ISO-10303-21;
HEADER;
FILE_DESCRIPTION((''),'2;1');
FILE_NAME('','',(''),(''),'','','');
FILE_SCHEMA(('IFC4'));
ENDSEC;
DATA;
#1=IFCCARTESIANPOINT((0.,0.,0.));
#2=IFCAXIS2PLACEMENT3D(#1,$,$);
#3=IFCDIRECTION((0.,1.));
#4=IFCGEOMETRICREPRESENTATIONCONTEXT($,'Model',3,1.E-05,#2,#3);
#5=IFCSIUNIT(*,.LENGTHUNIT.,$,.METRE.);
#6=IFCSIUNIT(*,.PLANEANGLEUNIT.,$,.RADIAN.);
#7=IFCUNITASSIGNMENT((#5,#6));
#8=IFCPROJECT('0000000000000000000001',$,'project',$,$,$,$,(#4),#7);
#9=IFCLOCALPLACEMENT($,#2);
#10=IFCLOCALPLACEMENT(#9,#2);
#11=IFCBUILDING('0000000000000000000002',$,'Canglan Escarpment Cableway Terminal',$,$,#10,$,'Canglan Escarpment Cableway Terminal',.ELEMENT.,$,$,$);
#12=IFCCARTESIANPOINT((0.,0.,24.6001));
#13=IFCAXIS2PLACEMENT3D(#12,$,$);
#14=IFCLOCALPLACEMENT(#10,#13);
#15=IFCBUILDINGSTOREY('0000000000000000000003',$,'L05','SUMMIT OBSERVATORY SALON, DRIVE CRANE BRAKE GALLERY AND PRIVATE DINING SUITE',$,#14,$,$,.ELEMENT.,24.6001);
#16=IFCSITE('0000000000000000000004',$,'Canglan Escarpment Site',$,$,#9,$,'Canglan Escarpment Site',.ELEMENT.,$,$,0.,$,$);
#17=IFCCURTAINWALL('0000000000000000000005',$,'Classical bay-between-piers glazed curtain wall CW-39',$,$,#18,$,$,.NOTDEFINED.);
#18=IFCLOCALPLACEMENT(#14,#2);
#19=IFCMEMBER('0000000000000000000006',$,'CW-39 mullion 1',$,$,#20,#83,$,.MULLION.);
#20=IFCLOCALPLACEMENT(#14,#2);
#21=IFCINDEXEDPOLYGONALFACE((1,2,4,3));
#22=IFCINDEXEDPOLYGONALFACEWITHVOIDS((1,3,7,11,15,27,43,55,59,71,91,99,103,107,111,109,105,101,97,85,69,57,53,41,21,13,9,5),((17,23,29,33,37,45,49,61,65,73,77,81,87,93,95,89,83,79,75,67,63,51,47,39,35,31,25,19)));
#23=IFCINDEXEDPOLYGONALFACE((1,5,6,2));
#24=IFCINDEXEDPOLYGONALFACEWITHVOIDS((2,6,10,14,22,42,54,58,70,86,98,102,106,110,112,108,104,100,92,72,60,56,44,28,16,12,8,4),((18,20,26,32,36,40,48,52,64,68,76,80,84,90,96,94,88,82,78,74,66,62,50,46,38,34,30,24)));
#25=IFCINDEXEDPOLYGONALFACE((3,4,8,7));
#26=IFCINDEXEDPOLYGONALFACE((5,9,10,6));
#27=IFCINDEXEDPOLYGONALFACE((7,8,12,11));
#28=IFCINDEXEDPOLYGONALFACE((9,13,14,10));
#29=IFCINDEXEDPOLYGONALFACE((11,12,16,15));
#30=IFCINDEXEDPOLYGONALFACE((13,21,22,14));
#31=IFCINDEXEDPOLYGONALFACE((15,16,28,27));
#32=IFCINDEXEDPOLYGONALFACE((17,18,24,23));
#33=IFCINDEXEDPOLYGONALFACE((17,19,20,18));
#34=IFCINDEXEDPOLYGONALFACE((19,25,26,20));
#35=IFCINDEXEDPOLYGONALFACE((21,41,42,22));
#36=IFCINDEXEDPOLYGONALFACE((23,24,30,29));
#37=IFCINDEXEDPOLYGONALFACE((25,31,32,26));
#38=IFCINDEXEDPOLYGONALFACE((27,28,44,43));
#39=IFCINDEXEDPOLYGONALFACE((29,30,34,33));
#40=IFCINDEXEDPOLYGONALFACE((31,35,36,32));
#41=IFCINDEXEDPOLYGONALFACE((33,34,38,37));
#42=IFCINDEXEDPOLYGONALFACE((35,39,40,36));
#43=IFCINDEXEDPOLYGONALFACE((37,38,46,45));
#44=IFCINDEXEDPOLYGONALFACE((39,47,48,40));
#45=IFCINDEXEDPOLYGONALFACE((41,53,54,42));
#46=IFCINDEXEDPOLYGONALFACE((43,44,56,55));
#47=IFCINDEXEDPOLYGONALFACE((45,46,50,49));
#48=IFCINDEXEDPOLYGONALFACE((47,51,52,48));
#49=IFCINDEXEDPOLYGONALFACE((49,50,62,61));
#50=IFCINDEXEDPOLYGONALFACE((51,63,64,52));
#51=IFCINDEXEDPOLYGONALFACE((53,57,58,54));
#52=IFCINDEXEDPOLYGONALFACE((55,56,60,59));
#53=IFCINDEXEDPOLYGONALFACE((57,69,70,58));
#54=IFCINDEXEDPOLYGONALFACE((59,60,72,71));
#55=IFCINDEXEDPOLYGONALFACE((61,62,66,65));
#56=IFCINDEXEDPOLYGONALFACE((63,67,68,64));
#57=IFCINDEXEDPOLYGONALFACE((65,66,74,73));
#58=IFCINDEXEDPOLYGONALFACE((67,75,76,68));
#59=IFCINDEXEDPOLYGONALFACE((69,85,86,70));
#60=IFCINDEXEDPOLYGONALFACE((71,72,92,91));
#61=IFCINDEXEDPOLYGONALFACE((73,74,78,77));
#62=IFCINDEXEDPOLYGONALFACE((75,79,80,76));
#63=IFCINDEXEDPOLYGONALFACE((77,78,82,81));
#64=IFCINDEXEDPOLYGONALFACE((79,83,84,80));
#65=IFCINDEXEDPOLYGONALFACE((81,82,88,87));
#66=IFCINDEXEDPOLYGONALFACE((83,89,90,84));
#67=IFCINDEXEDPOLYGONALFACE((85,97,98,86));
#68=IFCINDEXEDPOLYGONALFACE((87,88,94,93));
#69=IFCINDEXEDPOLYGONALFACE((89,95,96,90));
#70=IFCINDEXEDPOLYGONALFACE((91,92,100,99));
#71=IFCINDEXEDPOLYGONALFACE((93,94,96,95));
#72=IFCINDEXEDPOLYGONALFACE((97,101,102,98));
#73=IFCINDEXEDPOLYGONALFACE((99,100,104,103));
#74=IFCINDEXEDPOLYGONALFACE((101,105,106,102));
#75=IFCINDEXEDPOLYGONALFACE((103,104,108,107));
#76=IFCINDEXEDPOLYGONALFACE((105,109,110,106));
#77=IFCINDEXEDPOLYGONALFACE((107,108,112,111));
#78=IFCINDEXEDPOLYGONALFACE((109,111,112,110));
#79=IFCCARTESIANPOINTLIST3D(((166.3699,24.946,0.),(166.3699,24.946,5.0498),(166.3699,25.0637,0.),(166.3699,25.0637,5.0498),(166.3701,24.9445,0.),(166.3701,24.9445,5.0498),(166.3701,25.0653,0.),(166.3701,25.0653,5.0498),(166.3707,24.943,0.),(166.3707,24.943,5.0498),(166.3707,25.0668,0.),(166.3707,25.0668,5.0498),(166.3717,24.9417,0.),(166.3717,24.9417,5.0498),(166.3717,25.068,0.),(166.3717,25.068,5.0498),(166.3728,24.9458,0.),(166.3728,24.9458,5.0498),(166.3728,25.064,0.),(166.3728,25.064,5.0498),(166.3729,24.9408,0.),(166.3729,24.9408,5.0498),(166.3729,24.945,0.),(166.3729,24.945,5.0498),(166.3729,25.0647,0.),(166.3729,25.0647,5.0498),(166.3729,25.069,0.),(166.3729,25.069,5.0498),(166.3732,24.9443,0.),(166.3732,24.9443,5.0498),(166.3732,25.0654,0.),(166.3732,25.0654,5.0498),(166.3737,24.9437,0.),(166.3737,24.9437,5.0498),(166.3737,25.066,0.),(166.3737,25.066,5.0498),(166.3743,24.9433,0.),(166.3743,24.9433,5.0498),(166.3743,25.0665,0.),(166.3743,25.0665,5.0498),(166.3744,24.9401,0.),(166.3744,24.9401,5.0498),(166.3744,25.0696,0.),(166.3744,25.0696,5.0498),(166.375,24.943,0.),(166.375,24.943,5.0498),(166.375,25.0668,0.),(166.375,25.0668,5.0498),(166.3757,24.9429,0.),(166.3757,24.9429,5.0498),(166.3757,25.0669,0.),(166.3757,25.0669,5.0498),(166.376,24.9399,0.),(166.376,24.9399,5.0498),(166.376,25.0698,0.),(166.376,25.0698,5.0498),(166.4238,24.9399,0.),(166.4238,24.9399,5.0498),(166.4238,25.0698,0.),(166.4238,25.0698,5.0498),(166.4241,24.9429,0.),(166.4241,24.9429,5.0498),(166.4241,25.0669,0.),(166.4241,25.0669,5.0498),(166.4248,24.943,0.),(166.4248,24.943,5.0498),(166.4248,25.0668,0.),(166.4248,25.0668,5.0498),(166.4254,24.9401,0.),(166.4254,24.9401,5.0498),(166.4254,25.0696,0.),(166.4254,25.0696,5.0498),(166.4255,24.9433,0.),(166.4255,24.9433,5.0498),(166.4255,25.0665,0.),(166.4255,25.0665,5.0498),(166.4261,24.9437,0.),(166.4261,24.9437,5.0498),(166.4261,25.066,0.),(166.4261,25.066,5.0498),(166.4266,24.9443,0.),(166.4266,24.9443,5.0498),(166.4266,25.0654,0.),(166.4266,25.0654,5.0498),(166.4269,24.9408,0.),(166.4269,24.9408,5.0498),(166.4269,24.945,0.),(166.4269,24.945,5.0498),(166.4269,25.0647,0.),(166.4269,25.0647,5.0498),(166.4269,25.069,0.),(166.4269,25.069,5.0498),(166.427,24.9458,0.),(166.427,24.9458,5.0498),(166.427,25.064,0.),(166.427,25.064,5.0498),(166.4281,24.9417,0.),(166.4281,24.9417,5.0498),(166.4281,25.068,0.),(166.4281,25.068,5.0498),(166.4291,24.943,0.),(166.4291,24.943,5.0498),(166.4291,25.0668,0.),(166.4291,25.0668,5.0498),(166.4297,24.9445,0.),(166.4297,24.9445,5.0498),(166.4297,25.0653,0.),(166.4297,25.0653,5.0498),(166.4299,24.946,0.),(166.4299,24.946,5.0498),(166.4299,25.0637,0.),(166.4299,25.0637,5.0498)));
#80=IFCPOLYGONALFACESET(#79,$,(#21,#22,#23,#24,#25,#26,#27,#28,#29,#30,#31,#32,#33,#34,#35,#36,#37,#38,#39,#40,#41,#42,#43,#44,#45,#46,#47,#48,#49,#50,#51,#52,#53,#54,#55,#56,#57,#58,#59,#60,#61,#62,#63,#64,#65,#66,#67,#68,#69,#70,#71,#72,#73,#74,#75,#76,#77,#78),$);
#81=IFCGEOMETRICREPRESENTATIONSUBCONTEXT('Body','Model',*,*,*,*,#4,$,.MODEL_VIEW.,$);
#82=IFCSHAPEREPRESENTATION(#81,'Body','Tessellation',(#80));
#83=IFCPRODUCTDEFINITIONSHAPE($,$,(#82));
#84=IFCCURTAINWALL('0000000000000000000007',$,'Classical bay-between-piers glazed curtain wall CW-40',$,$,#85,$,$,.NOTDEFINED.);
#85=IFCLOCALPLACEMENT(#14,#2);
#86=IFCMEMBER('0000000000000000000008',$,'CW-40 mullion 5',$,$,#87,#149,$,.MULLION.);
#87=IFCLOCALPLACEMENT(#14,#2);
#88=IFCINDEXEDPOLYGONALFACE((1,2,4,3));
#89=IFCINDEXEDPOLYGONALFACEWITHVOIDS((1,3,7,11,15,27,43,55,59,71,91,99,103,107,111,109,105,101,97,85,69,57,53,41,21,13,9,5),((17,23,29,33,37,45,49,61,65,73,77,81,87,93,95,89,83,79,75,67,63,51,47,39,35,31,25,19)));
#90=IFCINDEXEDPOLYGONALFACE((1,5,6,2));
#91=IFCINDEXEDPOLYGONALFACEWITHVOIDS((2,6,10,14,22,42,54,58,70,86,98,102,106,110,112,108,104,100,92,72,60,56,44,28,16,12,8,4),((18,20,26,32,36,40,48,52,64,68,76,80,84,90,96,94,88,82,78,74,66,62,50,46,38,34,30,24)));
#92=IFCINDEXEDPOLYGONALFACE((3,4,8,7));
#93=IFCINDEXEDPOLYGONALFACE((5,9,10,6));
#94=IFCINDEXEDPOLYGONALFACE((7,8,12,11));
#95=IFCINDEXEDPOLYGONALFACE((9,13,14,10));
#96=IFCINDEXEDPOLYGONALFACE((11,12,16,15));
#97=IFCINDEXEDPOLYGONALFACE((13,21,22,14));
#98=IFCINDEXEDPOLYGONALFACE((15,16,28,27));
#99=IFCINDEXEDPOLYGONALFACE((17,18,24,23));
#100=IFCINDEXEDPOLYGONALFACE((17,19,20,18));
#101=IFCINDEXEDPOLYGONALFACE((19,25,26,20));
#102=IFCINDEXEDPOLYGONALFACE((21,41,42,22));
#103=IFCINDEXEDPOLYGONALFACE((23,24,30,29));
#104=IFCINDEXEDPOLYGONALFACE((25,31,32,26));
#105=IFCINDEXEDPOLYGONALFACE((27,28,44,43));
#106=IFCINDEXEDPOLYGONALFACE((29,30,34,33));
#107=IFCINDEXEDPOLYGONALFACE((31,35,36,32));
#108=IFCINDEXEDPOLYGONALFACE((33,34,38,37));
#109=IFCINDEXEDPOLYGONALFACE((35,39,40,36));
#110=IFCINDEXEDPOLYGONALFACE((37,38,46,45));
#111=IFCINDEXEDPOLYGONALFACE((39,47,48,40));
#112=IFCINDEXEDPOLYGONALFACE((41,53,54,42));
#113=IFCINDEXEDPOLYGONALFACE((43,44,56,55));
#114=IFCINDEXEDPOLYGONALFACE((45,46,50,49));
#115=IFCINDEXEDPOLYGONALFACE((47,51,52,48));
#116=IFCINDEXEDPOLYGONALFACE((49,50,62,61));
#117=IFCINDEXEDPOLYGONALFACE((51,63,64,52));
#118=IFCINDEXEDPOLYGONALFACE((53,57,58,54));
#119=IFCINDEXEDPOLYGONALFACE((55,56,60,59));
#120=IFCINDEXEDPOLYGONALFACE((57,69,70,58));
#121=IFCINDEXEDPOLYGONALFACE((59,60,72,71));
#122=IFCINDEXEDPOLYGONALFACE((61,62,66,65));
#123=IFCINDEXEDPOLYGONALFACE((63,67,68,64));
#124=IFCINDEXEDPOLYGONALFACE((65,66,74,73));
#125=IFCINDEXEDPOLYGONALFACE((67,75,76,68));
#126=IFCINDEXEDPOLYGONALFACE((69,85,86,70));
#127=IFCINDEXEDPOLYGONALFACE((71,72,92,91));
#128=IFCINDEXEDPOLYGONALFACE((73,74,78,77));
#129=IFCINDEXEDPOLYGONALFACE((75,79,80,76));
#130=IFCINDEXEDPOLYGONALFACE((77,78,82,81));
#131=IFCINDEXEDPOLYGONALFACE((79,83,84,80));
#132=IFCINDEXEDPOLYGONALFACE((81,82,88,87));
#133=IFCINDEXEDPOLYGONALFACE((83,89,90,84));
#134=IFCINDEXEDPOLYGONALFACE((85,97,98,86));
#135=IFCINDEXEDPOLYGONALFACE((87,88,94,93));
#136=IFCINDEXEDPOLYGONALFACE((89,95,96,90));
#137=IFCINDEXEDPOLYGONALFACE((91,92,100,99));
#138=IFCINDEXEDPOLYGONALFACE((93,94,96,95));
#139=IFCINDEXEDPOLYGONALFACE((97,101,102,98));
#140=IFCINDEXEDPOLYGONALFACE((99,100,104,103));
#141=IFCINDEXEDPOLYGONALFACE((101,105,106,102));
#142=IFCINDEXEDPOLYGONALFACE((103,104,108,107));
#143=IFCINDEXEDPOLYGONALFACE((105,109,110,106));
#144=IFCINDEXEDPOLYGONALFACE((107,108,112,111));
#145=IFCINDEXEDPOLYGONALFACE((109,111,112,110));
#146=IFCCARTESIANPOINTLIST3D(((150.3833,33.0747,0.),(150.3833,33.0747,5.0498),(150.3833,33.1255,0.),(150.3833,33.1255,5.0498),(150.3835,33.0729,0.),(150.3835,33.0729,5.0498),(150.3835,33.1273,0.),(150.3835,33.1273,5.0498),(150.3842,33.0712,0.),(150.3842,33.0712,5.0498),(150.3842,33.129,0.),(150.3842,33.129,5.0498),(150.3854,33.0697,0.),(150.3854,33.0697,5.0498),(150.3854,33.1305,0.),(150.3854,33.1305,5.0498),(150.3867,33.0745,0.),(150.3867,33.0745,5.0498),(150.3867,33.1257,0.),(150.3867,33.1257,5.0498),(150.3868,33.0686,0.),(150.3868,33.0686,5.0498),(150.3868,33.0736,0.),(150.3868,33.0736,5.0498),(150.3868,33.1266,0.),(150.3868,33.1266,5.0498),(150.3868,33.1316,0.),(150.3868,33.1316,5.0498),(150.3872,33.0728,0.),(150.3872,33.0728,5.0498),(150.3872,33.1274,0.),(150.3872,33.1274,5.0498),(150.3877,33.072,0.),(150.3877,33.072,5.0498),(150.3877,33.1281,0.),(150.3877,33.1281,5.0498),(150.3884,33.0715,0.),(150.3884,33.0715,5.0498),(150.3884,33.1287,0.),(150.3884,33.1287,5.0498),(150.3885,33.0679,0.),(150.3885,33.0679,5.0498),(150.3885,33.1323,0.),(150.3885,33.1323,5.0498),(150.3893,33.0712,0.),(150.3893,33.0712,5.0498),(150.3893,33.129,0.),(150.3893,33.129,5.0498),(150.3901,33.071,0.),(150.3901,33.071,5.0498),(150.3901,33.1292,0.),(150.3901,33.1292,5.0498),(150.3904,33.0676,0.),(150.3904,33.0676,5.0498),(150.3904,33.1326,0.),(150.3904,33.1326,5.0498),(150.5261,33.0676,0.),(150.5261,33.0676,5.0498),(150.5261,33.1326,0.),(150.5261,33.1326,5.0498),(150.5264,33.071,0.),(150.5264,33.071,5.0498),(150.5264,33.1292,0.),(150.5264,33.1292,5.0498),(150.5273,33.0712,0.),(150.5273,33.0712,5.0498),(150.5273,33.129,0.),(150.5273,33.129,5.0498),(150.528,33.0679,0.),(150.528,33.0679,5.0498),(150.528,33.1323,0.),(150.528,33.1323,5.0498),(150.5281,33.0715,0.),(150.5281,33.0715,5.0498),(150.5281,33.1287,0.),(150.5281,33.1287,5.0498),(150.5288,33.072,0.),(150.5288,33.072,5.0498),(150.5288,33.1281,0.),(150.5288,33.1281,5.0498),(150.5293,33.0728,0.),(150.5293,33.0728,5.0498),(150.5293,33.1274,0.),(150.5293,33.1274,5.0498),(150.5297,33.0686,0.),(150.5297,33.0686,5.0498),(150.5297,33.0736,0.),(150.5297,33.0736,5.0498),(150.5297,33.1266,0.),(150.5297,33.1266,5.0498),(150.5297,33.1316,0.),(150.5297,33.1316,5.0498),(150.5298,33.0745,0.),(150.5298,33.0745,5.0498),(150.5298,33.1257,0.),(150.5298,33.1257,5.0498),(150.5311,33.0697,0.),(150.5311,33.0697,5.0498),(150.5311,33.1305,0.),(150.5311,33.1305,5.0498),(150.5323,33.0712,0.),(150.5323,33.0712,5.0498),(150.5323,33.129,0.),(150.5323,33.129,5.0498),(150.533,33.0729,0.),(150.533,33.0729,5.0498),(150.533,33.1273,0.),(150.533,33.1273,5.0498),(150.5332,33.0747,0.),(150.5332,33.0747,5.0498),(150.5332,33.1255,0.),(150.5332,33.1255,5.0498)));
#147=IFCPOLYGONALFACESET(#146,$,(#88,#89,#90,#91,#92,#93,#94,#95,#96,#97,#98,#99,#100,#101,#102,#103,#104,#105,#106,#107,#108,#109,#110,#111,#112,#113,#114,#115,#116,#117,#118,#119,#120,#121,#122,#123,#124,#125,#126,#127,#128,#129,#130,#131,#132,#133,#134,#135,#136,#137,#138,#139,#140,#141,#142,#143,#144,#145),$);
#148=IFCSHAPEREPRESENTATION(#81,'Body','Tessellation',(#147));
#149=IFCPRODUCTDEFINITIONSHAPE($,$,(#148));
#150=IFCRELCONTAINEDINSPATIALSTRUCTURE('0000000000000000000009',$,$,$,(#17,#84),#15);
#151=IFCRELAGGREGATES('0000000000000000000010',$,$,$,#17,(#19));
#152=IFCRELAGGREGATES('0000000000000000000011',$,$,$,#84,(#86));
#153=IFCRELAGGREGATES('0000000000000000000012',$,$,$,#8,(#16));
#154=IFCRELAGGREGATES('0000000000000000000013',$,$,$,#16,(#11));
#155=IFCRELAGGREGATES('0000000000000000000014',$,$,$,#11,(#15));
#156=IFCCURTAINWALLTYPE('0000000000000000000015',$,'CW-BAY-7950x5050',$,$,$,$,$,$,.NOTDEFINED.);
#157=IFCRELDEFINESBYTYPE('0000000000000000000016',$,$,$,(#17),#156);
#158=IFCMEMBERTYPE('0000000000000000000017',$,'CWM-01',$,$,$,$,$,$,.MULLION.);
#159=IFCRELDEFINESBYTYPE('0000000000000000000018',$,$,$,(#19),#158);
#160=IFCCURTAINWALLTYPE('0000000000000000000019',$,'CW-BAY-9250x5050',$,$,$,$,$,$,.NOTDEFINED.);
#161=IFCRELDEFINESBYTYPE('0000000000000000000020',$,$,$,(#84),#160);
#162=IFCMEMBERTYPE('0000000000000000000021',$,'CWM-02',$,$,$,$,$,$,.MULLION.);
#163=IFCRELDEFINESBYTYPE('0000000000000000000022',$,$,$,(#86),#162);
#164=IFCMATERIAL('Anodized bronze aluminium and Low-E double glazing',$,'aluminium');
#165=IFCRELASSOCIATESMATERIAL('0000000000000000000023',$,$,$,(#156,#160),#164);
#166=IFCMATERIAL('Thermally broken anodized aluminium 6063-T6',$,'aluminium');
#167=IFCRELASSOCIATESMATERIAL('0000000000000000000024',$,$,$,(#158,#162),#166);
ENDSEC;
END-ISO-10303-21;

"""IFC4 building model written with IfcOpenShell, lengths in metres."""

from ifc_helpers import new_model, si_unit, direction, frame, origin, origin_2d, place, context, subcontext, project, spatial, hollow_rectangle, extrude, material, material_profile, profile_set, type_object, element, aggregate, save


model = new_model("IFC4")

# Units and contexts
model_context = context("Model", 3, precision=1e-05, world=origin(), true_north=direction((0.0, 1.0)))
body_context = subcontext(model_context, "Body", "Model", "MODEL_VIEW")
ifc_project = project(units=[si_unit("LENGTHUNIT", "METRE"), si_unit("PLANEANGLEUNIT", "RADIAN")], contexts=[model_context])

# Site, building, storey
site_placement = place(None, origin())
site = spatial("IfcSite", under=ifc_project, at=site_placement, Name="Canglan Escarpment Site", LongName="Canglan Escarpment Site", CompositionType="ELEMENT", RefElevation=0.0)
building_placement = place(site_placement, origin())
building = spatial("IfcBuilding", under=site, at=building_placement, Name="Canglan Escarpment Cableway Terminal", LongName="Canglan Escarpment Cableway Terminal", CompositionType="ELEMENT")
storey_placement = place(building_placement, frame((0.0, 0.0, 24.6001)))
storey = spatial("IfcBuildingStorey", under=building, at=storey_placement, Name="L05", Description="SUMMIT OBSERVATORY SALON, DRIVE CRANE BRAKE GALLERY AND PRIVATE DINING SUITE", CompositionType="ELEMENT", Elevation=24.6001)

# Curtain wall, member
ifc_material_1 = material(Name="Anodized bronze aluminium and Low-E double glazing", Category="aluminium")
curtain_wall_type_1 = type_object("IfcCurtainWallType", Name="CW-BAY-7950x5050", PredefinedType="NOTDEFINED", material=ifc_material_1)
curtain_wall_1_placement = place(storey_placement, origin())
curtain_wall_1 = element("IfcCurtainWall", 1, at=curtain_wall_1_placement, inside=storey, type_object=curtain_wall_type_1, Name="Classical bay-between-piers glazed curtain wall CW-39", PredefinedType="NOTDEFINED")
ifc_material_2 = material(Name="Thermally broken anodized aluminium 6063-T6", Category="aluminium")
ifc_material_profile_1 = material_profile(ifc_material_2, hollow_rectangle(XDim=0.0601, YDim=0.1299, WallThickness=0.0029, InnerFilletRadius=0.0029, OuterFilletRadius=0.0061, at=origin_2d()), Name="ALU-MULL 60x130x3")
ifc_profile_set_1 = profile_set([ifc_material_profile_1], Name="Thermally broken anodized aluminium 6063-T6")
member_type_1 = type_object("IfcMemberType", Name="CWM-01", PredefinedType="MULLION", material=ifc_profile_set_1)
member_1_placement = place(storey_placement, frame((166.3999, 25.0049, 0.0), z_axis=(0.0, 0.0, 1.0), x_axis=(-1.0, 0.0, 0.0)))
member_1 = element("IfcMember", 2, at=member_1_placement, type_object=member_type_1, Name="CW-39 mullion 1", PredefinedType="MULLION", context=body_context, shape_type="SweptSolid", body=[
    extrude(hollow_rectangle(XDim=0.0601, YDim=0.1299, WallThickness=0.0029, InnerFilletRadius=0.0029, OuterFilletRadius=0.0061, at=origin_2d()), origin(), (0.0, 0.0, 1.0), 5.0498),
])

# Curtain wall, member
curtain_wall_type_2 = type_object("IfcCurtainWallType", Name="CW-BAY-9250x5050", PredefinedType="NOTDEFINED", material=ifc_material_1)
curtain_wall_2_placement = place(storey_placement, origin())
curtain_wall_2 = element("IfcCurtainWall", 3, at=curtain_wall_2_placement, inside=storey, type_object=curtain_wall_type_2, Name="Classical bay-between-piers glazed curtain wall CW-40", PredefinedType="NOTDEFINED")
ifc_material_profile_2 = material_profile(ifc_material_2, hollow_rectangle(XDim=0.0649, YDim=0.1499, WallThickness=0.0034, InnerFilletRadius=0.0034, OuterFilletRadius=0.0071, at=origin_2d()), Name="ALU-MULL 65x150x3.5")
ifc_profile_set_2 = profile_set([ifc_material_profile_2], Name="Thermally broken anodized aluminium 6063-T6")
member_type_2 = type_object("IfcMemberType", Name="CWM-02", PredefinedType="MULLION", material=ifc_profile_set_2)
member_2_placement = place(storey_placement, frame((150.4583, 33.1001, 0.0), z_axis=(0.0, 0.0, 1.0), x_axis=(0.0, -1.0, 0.0)))
member_2 = element("IfcMember", 4, at=member_2_placement, type_object=member_type_2, Name="CW-40 mullion 5", PredefinedType="MULLION", context=body_context, shape_type="SweptSolid", body=[
    extrude(hollow_rectangle(XDim=0.0649, YDim=0.1499, WallThickness=0.0034, InnerFilletRadius=0.0034, OuterFilletRadius=0.0071, at=origin_2d()), origin(), (0.0, 0.0, 1.0), 5.0498),
])

aggregate(curtain_wall_1, [member_1])

aggregate(curtain_wall_2, [member_2])

save(model, "model.ifc")
